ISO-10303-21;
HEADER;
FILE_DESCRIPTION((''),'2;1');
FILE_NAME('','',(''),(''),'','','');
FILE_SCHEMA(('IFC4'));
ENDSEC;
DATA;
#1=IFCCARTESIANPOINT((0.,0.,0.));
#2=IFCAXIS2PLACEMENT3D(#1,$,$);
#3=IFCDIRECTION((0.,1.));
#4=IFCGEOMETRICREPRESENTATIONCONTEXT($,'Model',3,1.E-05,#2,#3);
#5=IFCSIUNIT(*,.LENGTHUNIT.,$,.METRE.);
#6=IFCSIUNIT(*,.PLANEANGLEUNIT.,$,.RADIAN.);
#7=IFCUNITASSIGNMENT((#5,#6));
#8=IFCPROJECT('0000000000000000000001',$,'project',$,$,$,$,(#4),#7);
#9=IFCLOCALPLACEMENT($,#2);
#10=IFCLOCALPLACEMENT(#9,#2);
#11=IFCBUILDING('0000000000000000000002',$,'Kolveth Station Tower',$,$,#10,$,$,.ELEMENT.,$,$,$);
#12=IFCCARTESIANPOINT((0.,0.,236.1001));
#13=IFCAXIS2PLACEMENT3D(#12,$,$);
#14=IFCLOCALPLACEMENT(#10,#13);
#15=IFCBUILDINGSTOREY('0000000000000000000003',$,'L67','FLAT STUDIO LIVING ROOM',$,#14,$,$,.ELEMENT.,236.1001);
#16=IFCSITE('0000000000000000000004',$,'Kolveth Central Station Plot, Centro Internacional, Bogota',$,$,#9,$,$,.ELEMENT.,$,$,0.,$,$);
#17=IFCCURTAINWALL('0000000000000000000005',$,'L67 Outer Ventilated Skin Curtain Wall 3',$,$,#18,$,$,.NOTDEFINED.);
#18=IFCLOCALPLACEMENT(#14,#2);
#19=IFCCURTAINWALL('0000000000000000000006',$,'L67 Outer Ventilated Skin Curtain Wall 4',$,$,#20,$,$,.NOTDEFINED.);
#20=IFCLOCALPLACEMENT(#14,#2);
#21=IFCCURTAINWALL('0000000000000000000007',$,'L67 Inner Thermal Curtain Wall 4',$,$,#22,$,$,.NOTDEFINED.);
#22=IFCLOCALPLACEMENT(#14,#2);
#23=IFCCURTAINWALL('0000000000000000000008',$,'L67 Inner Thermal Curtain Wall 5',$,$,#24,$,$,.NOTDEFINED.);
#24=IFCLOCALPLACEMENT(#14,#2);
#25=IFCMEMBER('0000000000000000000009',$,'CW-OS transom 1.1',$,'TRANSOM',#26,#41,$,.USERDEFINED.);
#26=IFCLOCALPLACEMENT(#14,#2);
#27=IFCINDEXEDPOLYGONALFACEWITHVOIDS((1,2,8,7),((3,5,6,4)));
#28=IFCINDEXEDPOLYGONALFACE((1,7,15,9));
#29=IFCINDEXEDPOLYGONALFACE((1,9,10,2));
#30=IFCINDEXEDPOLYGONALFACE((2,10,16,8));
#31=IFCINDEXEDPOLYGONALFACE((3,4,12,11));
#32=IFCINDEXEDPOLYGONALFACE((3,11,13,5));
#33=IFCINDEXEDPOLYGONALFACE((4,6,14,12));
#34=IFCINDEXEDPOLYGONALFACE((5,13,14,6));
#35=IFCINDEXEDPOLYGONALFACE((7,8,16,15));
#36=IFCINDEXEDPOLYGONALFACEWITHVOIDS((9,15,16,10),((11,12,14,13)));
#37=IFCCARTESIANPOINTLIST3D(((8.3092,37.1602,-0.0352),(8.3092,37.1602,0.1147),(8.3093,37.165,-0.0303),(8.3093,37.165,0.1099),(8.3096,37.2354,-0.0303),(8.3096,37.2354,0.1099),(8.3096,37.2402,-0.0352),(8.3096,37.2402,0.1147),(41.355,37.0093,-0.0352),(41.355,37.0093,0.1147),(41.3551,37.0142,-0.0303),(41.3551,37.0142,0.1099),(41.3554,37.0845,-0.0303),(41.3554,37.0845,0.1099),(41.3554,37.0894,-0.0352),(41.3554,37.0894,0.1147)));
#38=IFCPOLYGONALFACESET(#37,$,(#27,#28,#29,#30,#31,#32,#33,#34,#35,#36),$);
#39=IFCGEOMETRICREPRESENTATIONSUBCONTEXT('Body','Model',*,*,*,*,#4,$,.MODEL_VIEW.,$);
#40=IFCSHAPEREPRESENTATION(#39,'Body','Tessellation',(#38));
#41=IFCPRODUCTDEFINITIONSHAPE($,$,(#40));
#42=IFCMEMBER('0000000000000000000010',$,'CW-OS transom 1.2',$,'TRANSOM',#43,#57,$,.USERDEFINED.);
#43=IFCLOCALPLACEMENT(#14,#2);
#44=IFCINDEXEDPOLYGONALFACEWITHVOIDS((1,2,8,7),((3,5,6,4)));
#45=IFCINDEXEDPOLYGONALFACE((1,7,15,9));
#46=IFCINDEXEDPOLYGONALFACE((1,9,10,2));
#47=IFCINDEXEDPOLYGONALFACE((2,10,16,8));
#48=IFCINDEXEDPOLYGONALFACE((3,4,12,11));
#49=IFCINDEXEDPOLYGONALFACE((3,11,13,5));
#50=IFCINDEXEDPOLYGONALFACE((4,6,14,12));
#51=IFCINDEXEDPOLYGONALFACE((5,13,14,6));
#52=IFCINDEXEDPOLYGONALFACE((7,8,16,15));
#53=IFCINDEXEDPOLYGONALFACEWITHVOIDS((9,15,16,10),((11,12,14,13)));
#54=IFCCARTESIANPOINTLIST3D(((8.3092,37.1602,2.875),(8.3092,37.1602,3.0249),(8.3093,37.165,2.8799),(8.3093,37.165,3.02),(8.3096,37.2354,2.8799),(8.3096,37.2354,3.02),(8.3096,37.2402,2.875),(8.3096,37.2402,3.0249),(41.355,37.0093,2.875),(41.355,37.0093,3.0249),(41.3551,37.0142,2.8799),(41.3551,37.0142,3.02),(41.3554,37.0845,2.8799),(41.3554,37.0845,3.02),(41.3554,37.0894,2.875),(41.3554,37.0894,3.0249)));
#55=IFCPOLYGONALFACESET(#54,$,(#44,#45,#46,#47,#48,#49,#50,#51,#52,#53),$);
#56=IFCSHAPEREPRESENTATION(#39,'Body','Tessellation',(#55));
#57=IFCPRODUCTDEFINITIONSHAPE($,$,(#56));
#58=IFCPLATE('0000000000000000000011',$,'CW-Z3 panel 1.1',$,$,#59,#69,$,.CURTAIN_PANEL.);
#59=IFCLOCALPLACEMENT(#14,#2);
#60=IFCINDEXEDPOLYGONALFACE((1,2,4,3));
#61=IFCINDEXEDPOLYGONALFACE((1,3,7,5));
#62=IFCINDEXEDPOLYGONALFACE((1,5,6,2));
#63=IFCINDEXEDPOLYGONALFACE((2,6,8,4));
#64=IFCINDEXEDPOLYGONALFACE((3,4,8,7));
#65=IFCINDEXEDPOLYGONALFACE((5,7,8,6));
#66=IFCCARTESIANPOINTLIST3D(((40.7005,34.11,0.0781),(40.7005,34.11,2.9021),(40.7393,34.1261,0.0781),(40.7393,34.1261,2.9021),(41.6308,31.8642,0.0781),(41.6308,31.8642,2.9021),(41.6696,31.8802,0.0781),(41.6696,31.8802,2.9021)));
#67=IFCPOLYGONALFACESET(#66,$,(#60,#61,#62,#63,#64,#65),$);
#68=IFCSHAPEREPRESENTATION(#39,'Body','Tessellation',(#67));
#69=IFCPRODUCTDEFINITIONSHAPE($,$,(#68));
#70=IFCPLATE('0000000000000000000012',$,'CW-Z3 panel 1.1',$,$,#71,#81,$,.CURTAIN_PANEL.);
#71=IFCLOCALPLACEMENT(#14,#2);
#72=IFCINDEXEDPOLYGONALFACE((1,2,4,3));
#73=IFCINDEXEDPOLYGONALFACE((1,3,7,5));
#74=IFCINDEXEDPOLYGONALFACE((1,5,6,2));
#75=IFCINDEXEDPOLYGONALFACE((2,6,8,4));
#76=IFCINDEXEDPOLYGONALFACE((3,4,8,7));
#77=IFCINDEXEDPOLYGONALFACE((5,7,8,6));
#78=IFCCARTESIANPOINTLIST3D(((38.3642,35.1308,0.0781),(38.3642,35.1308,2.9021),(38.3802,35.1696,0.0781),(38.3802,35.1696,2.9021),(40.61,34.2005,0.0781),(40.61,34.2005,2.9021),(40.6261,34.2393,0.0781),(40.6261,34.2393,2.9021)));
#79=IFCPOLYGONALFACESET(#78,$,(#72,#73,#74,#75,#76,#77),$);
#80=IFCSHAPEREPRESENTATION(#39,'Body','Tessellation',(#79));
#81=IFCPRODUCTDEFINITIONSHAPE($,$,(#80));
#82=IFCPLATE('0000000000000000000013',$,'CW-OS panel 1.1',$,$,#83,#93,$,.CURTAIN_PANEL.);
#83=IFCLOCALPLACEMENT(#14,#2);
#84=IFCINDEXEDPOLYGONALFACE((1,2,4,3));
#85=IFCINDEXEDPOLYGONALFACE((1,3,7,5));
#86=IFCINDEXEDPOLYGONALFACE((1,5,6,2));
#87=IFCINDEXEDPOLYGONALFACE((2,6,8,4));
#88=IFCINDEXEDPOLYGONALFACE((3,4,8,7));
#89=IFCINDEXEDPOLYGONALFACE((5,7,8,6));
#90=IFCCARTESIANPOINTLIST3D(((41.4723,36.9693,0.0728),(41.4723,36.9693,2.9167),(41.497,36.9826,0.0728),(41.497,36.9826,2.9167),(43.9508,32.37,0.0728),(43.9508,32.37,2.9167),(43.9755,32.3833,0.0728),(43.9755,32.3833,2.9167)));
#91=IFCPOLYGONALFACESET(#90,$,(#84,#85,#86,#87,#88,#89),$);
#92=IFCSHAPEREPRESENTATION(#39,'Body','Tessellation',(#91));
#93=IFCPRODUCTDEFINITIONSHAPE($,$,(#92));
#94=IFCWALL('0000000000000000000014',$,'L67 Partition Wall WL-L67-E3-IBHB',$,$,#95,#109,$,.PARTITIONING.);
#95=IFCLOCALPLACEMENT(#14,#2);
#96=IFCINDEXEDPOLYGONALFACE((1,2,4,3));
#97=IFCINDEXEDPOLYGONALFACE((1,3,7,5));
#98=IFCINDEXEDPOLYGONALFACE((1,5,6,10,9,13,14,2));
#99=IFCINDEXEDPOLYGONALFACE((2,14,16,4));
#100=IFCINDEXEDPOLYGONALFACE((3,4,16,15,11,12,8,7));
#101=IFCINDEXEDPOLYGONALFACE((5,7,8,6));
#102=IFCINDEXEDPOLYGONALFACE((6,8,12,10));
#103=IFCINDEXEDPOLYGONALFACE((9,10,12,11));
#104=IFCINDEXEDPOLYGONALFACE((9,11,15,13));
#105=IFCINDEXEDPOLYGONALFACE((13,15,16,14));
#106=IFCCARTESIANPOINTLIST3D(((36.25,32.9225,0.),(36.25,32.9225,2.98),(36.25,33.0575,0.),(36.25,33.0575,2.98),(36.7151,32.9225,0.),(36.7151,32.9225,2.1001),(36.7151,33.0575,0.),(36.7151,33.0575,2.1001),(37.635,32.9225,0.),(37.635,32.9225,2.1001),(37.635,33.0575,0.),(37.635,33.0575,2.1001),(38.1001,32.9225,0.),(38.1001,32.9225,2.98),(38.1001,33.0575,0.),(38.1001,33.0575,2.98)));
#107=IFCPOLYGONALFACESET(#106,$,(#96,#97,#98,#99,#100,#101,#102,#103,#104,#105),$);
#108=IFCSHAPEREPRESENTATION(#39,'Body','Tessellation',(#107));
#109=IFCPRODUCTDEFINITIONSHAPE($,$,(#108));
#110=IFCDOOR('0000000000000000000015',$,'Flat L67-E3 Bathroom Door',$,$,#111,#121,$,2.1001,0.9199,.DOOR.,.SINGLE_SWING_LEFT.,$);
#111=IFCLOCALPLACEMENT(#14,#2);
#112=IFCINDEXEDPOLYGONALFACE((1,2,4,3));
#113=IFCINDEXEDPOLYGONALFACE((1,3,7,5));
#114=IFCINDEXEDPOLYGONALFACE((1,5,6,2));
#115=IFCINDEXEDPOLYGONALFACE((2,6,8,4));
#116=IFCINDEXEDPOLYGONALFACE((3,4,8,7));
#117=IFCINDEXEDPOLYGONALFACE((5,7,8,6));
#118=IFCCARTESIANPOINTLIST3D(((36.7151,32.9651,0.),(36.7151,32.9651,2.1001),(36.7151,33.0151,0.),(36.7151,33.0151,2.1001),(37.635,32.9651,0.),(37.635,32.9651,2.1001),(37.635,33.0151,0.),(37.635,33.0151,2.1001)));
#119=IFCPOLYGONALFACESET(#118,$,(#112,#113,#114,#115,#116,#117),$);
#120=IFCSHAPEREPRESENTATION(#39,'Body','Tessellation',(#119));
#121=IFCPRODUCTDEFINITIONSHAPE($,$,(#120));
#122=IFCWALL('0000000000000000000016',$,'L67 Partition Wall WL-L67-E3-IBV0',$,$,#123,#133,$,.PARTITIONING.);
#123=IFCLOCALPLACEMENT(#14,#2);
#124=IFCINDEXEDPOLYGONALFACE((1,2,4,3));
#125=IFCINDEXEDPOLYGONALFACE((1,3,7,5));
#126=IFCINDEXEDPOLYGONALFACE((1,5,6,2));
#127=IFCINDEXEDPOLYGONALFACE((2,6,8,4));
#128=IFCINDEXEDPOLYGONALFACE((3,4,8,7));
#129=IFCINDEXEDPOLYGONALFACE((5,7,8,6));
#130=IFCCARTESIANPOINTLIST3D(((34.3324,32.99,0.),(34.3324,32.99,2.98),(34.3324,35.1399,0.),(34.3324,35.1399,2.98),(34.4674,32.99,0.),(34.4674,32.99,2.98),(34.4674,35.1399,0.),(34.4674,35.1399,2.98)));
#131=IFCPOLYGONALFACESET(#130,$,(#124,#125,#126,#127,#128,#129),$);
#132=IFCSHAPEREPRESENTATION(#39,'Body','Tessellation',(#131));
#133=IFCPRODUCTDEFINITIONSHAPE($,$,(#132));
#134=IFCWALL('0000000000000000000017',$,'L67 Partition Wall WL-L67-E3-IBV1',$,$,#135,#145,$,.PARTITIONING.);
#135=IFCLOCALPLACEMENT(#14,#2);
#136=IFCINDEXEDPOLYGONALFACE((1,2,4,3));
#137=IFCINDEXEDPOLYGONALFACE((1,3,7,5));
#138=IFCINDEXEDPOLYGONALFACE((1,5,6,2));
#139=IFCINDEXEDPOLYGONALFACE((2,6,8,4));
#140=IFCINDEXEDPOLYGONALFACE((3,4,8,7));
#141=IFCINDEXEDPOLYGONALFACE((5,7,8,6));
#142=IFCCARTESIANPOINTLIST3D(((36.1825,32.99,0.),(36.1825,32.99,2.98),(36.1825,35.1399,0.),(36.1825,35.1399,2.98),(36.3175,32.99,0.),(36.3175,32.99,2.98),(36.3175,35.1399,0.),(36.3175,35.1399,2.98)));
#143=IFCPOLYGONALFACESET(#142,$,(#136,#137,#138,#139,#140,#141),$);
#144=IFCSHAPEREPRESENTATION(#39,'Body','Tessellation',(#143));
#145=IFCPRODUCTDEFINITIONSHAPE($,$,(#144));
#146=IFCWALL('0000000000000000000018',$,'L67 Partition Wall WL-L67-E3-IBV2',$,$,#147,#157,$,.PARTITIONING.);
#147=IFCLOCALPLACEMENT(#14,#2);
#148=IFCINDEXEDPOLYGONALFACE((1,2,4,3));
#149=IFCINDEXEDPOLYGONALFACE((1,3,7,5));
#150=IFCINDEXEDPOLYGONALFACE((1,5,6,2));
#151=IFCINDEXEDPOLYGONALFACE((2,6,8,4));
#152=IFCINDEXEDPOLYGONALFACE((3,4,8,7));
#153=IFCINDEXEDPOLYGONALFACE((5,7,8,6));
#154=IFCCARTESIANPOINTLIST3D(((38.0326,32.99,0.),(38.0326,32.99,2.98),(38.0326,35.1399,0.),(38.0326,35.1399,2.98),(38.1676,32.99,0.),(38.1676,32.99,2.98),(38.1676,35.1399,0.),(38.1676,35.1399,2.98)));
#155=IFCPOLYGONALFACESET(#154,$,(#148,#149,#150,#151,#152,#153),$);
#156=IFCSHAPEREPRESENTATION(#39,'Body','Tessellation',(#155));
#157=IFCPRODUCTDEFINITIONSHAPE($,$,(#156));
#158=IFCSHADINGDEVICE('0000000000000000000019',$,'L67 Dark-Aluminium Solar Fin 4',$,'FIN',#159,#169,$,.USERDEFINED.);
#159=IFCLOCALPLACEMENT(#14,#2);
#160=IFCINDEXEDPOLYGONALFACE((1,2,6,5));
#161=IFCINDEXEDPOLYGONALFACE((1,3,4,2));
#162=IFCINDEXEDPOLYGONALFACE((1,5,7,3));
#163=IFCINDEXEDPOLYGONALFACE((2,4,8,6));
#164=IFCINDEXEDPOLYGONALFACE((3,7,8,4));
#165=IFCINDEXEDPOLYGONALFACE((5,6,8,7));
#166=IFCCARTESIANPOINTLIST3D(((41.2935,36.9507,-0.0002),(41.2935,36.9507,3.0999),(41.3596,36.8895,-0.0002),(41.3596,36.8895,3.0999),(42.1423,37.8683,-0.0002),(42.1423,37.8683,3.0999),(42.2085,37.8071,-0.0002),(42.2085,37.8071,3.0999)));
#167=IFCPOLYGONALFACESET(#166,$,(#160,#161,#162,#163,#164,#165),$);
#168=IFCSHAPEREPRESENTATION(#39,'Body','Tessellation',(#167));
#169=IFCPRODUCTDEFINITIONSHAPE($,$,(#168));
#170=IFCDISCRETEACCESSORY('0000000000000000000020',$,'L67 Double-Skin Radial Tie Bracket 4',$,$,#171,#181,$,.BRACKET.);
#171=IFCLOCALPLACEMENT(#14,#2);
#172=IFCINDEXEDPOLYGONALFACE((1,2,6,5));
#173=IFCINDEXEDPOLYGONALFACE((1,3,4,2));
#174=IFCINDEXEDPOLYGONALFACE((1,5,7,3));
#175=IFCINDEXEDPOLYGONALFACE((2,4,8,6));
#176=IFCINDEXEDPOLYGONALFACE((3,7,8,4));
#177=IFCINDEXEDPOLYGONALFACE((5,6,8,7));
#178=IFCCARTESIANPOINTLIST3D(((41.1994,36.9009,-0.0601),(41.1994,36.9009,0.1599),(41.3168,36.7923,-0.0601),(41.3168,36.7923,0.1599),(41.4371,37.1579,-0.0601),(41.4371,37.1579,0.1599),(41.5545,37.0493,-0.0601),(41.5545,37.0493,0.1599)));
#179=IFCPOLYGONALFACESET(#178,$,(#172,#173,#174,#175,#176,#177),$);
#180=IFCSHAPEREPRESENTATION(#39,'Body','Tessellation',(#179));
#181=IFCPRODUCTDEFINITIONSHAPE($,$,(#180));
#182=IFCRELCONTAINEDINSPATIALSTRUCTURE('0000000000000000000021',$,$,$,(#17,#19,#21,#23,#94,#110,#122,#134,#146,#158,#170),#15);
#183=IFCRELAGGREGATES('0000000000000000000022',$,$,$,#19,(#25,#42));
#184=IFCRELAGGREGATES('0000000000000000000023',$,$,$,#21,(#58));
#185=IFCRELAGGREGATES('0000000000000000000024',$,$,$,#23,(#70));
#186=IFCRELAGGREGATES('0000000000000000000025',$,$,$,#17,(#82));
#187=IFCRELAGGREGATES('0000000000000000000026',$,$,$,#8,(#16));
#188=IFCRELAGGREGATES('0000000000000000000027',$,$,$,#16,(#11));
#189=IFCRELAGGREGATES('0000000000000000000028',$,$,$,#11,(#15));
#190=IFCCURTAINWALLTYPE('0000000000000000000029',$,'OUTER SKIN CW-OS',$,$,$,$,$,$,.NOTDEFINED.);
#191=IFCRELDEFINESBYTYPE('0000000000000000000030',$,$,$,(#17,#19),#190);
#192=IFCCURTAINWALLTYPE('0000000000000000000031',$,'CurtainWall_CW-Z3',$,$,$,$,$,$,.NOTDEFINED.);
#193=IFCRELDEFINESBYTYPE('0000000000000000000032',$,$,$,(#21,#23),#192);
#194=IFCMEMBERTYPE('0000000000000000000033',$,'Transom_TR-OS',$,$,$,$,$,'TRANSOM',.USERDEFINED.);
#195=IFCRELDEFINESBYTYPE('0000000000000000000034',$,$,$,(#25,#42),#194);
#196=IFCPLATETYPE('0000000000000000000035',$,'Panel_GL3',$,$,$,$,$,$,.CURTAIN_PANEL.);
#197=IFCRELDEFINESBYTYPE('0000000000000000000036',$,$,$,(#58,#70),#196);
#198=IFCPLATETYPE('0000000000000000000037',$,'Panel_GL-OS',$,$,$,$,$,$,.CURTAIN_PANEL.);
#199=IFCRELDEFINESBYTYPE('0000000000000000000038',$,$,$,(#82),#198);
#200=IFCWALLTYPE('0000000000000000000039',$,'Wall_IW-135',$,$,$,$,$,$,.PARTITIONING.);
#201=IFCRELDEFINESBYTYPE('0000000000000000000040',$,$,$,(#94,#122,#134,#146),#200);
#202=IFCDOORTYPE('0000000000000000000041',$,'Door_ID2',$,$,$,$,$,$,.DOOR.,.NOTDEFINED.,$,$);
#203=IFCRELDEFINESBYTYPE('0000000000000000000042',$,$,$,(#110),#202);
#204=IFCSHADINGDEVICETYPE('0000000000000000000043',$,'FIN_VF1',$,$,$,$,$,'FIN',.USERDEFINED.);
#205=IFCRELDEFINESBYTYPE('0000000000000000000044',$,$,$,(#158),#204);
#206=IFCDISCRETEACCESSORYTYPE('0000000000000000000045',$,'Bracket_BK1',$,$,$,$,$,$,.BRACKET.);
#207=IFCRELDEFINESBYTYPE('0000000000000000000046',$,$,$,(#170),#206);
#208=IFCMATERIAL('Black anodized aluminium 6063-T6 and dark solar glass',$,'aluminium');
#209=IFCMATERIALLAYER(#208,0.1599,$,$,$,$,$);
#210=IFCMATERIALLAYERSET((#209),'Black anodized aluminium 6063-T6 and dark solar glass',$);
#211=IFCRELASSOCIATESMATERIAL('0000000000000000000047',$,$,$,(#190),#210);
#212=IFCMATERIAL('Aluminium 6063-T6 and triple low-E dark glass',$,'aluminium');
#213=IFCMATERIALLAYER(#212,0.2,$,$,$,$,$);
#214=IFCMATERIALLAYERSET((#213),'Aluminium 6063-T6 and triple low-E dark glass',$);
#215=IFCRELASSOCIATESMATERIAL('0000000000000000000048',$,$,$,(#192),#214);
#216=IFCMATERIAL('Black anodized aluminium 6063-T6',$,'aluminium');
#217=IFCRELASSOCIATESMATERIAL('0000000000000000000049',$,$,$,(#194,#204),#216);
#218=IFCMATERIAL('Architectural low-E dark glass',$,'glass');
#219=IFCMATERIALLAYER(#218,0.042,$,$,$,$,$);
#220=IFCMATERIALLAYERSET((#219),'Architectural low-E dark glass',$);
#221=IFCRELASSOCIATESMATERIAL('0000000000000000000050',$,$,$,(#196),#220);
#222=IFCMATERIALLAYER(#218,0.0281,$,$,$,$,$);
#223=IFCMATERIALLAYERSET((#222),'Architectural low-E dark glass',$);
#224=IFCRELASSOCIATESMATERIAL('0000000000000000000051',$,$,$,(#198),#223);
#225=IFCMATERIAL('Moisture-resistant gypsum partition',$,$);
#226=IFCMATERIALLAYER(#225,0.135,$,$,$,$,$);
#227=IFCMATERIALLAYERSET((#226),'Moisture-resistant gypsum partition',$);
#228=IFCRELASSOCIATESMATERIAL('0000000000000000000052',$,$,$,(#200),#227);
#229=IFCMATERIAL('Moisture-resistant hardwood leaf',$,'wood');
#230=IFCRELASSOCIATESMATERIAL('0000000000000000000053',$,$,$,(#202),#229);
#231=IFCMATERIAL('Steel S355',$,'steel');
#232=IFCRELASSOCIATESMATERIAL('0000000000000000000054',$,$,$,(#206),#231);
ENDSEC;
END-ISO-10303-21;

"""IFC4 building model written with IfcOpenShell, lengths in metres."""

from ifc_helpers import new_model, si_unit, direction, frame, frame_2d, origin, origin_2d, place, context, subcontext, project, spatial, rectangle, hollow_rectangle, extrude, source, transform, mapped, material, layer, layer_set, material_profile, profile_set, type_object, element, fill, aggregate, save


model = new_model("IFC4")

# Units and contexts
model_context = context("Model", 3, precision=1e-05, world=origin(), true_north=direction((0.0, 1.0)))
body_context = subcontext(model_context, "Body", "Model", "MODEL_VIEW")
ifc_project = project(units=[si_unit("LENGTHUNIT", "METRE"), si_unit("PLANEANGLEUNIT", "RADIAN")], contexts=[model_context])

# Site, building, storey
site_placement = place(None, origin())
site = spatial("IfcSite", under=ifc_project, at=site_placement, Name="Kolveth Central Station Plot, Centro Internacional, Bogota", CompositionType="ELEMENT", RefElevation=0.0)
building_placement = place(site_placement, origin())
building = spatial("IfcBuilding", under=site, at=building_placement, Name="Kolveth Station Tower", CompositionType="ELEMENT")
storey_placement = place(building_placement, frame((0.0, 0.0, 236.1001)))
storey = spatial("IfcBuildingStorey", under=building, at=storey_placement, Name="L67", Description="FLAT STUDIO LIVING ROOM", CompositionType="ELEMENT", Elevation=236.1001)

# Curtain walls
ifc_material_1 = material(Name="Black anodized aluminium 6063-T6 and dark solar glass", Category="aluminium")
ifc_layer_1 = layer(ifc_material_1, 0.1599)
ifc_layer_set_1 = layer_set([ifc_layer_1], Name="Black anodized aluminium 6063-T6 and dark solar glass")
curtain_wall_type_1 = type_object("IfcCurtainWallType", Name="OUTER SKIN CW-OS", PredefinedType="NOTDEFINED", material=ifc_layer_set_1)
curtain_wall_1_placement = place(storey_placement, origin())
curtain_wall_1 = element("IfcCurtainWall", 1, at=curtain_wall_1_placement, inside=storey, type_object=curtain_wall_type_1, Name="L67 Outer Ventilated Skin Curtain Wall 3", PredefinedType="NOTDEFINED")
ifc_material_2 = material(Name="Black anodized aluminium 6063-T6", Category="aluminium")
curtain_wall_2_placement = place(storey_placement, origin())
curtain_wall_2 = element("IfcCurtainWall", 2, at=curtain_wall_2_placement, inside=storey, type_object=curtain_wall_type_1, Name="L67 Outer Ventilated Skin Curtain Wall 4", PredefinedType="NOTDEFINED")
ifc_material_3 = material(Name="Aluminium 6063-T6 and triple low-E dark glass", Category="aluminium")
ifc_layer_2 = layer(ifc_material_3, 0.2)
ifc_layer_set_2 = layer_set([ifc_layer_2], Name="Aluminium 6063-T6 and triple low-E dark glass")
curtain_wall_type_2 = type_object("IfcCurtainWallType", Name="CurtainWall_CW-Z3", PredefinedType="NOTDEFINED", material=ifc_layer_set_2)
curtain_wall_3_placement = place(storey_placement, origin())
curtain_wall_3 = element("IfcCurtainWall", 3, at=curtain_wall_3_placement, inside=storey, type_object=curtain_wall_type_2, Name="L67 Inner Thermal Curtain Wall 4", PredefinedType="NOTDEFINED")

# Curtain wall
curtain_wall_4_placement = place(storey_placement, origin())
curtain_wall_4 = element("IfcCurtainWall", 4, at=curtain_wall_4_placement, inside=storey, type_object=curtain_wall_type_2, Name="L67 Inner Thermal Curtain Wall 5", PredefinedType="NOTDEFINED")

# Members
ifc_material_profile_1 = material_profile(ifc_material_2, hollow_rectangle(XDim=0.0801, YDim=0.1499, WallThickness=0.0049, at=origin_2d()), Name="ALU-80x150x5")
ifc_profile_set_1 = profile_set([ifc_material_profile_1], Name="Black anodized aluminium 6063-T6")
member_type_1 = type_object("IfcMemberType", Name="Transom_TR-OS", ElementType="TRANSOM", PredefinedType="USERDEFINED", material=ifc_profile_set_1)
shared_shape_1 = source(origin(), body_context, "Body", "SweptSolid", [
    extrude(hollow_rectangle(XDim=0.0801, YDim=0.1499, WallThickness=0.0049, at=origin_2d()), origin(), (0.0, 0.0, 1.0), 33.0461),
])
member_1_placement = place(storey_placement, frame((41.3552, 37.0493, 0.0398), z_axis=(-0.99999, 0.004566, 0.0), x_axis=(-0.004566, -0.99999, 0.0)))
member_1 = element("IfcMember", 5, at=member_1_placement, type_object=member_type_1, Name="CW-OS transom 1.1", ObjectType="TRANSOM", PredefinedType="USERDEFINED", context=body_context, shape_type="MappedRepresentation", body=[
    mapped(shared_shape_1, transform((0.0, 0.0, 0.0), x_axis=(1.0, 0.0, 0.0), y_axis=(0.0, 1.0, 0.0), z_axis=(0.0, 0.0, 1.0), scale=1.0)),
])
member_2_placement = place(storey_placement, frame((41.3552, 37.0493, 2.95), z_axis=(-0.99999, 0.004566, 0.0), x_axis=(-0.004566, -0.99999, 0.0)))
member_2 = element("IfcMember", 6, at=member_2_placement, type_object=member_type_1, Name="CW-OS transom 1.2", ObjectType="TRANSOM", PredefinedType="USERDEFINED", context=body_context, shape_type="MappedRepresentation", body=[
    mapped(shared_shape_1, transform((0.0, 0.0, 0.0), x_axis=(1.0, 0.0, 0.0), y_axis=(0.0, 1.0, 0.0), z_axis=(0.0, 0.0, 1.0), scale=1.0)),
])
aggregate(curtain_wall_2, [member_1, member_2])

# Plates
ifc_material_4 = material(Name="Architectural low-E dark glass", Category="glass")
ifc_layer_3 = layer(ifc_material_4, 0.042)
ifc_layer_set_3 = layer_set([ifc_layer_3], Name="Architectural low-E dark glass")
plate_type_1 = type_object("IfcPlateType", Name="Panel_GL3", PredefinedType="CURTAIN_PANEL", material=ifc_layer_set_3)
shared_shape_2 = source(origin(), body_context, "Body", "SweptSolid", [
    extrude(rectangle(XDim=2.4309, YDim=0.042, at=origin_2d()), origin(), (0.0, 0.0, 1.0), 2.824),
])
plate_1_placement = place(storey_placement, frame((41.1851, 32.9951, 0.0781), z_axis=(0.0, 0.0, 1.0), x_axis=(-0.382693, 0.923875, 0.0)))
plate_1 = element("IfcPlate", 7, at=plate_1_placement, type_object=plate_type_1, Name="CW-Z3 panel 1.1", PredefinedType="CURTAIN_PANEL", context=body_context, shape_type="MappedRepresentation", body=[
    mapped(shared_shape_2, transform((0.0, 0.0, 0.0), x_axis=(1.0, 0.0, 0.0), y_axis=(0.0, 1.0, 0.0), z_axis=(0.0, 0.0, 1.0), scale=1.0)),
])
aggregate(curtain_wall_3, [plate_1])
plate_2_placement = place(storey_placement, frame((39.4951, 34.6851, 0.0781), z_axis=(0.0, 0.0, 1.0), x_axis=(-0.923875, 0.382693, 0.0)))
plate_2 = element("IfcPlate", 8, at=plate_2_placement, type_object=plate_type_1, Name="CW-Z3 panel 1.1", PredefinedType="CURTAIN_PANEL", context=body_context, shape_type="MappedRepresentation", body=[
    mapped(shared_shape_2, transform((0.0, 0.0, 0.0), x_axis=(1.0, 0.0, 0.0), y_axis=(0.0, 1.0, 0.0), z_axis=(0.0, 0.0, 1.0), scale=1.0)),
])
aggregate(curtain_wall_4, [plate_2])
ifc_layer_4 = layer(ifc_material_4, 0.0281)
ifc_layer_set_4 = layer_set([ifc_layer_4], Name="Architectural low-E dark glass")
plate_type_2 = type_object("IfcPlateType", Name="Panel_GL-OS", PredefinedType="CURTAIN_PANEL", material=ifc_layer_set_4)
shared_shape_3 = source(origin(), body_context, "Body", "SweptSolid", [
    extrude(rectangle(XDim=5.2246, YDim=0.0281, at=origin_2d()), origin(), (0.0, 0.0, 1.0), 2.844),
])
plate_3_placement = place(storey_placement, frame((42.7239, 34.6763, 0.0728), z_axis=(0.0, 0.0, 1.0), x_axis=(-0.474385, 0.880317, 0.0)))
plate_3 = element("IfcPlate", 9, at=plate_3_placement, type_object=plate_type_2, Name="CW-OS panel 1.1", PredefinedType="CURTAIN_PANEL", context=body_context, shape_type="MappedRepresentation", body=[
    mapped(shared_shape_3, transform((0.0, 0.0, 0.0), x_axis=(1.0, 0.0, 0.0), y_axis=(0.0, 1.0, 0.0), z_axis=(0.0, 0.0, 1.0), scale=1.0)),
])
aggregate(curtain_wall_1, [plate_3])

# Wall, opening, door
ifc_material_5 = material(Name="Moisture-resistant gypsum partition")
ifc_layer_5 = layer(ifc_material_5, 0.135)
ifc_layer_set_5 = layer_set([ifc_layer_5], Name="Moisture-resistant gypsum partition")
wall_type = type_object("IfcWallType", Name="Wall_IW-135", PredefinedType="PARTITIONING", material=ifc_layer_set_5)
wall_1_placement = place(storey_placement, frame((36.25, 32.99, 0.0), z_axis=(0.0, 0.0, 1.0), x_axis=(1.0, 0.0, 0.0)))
wall_1 = element("IfcWall", 10, at=wall_1_placement, inside=storey, type_object=wall_type, Name="L67 Partition Wall WL-L67-E3-IBHB", PredefinedType="PARTITIONING", context=body_context, shape_type="SweptSolid", body=[
    extrude(rectangle(XDim=1.8501, YDim=0.135, at=frame_2d((0.925, 0.0))), origin(), (0.0, 0.0, 1.0), 2.98),
])
opening_1_placement = place(wall_1_placement, frame((0.4651, 0.0, 0.0)))
opening_1 = element("IfcOpeningElement", 11, at=opening_1_placement, cuts=wall_1, PredefinedType="OPENING", context=body_context, shape_type="SweptSolid", body=[
    extrude(rectangle(XDim=0.9199, YDim=2.1001, at=frame_2d((0.46, 1.05))), frame((0.0, 0.0774, 0.0), z_axis=(0.0, -1.0, 0.0), x_axis=(1.0, 0.0, 0.0)), (0.0, 0.0, 1.0), 0.155),
])
ifc_material_6 = material(Name="Moisture-resistant hardwood leaf", Category="wood")
door_type_1 = type_object("IfcDoorType", Name="Door_ID2", OperationType="NOTDEFINED", PredefinedType="DOOR", material=ifc_material_6)
door_1_placement = place(opening_1_placement, frame((0.9199, 0.0, 0.0), z_axis=(0.0, 0.0, 1.0), x_axis=(-1.0, 0.0, 0.0)))
door_1 = element("IfcDoor", 12, at=door_1_placement, inside=storey, type_object=door_type_1, Name="Flat L67-E3 Bathroom Door", OperationType="SINGLE_SWING_LEFT", OverallHeight=2.1001, OverallWidth=0.9199, PredefinedType="DOOR", context=body_context, shape_type="SweptSolid", body=[
    extrude(rectangle(XDim=0.9199, YDim=2.1001, at=frame_2d((0.46, 1.05))), frame((0.0, 0.0249, 0.0), z_axis=(0.0, -1.0, 0.0), x_axis=(1.0, 0.0, 0.0)), (0.0, 0.0, 1.0), 0.05),
])
fill(opening_1, door_1)

# Walls
for number, where, z_axis, x_axis, name in (
    (13, (34.3999, 32.99, 0.0), (0.0, 0.0, 1.0), (0.0, 1.0, 0.0), "L67 Partition Wall WL-L67-E3-IBV0"),
    (14, (36.25, 32.99, 0.0), (0.0, 0.0, 1.0), (0.0, 1.0, 0.0), "L67 Partition Wall WL-L67-E3-IBV1"),
    (15, (38.1001, 32.99, 0.0), (0.0, 0.0, 1.0), (0.0, 1.0, 0.0), "L67 Partition Wall WL-L67-E3-IBV2"),
):
    element("IfcWall", number, at=place(storey_placement, frame(where, z_axis=z_axis, x_axis=x_axis)), inside=storey, type_object=wall_type, Name=name, PredefinedType="PARTITIONING", context=body_context, shape_type="SweptSolid", body=[
        extrude(rectangle(XDim=2.1499, YDim=0.135, at=frame_2d((1.075, 0.0))), origin(), (0.0, 0.0, 1.0), 2.98),
    ])

# Shading device
shading_device_type = type_object("IfcShadingDeviceType", Name="FIN_VF1", ElementType="FIN", PredefinedType="USERDEFINED", material=ifc_material_2)
shared_shape_4 = source(origin(), body_context, "Body", "SweptSolid", [
    extrude(rectangle(XDim=1.25, YDim=0.0901, at=origin_2d()), origin(), (0.0, 0.0, 1.0), 3.1001),
])
shading_device_placement = place(storey_placement, frame((41.751, 37.3789, -0.0002), z_axis=(0.0, 0.0, 1.0), x_axis=(0.679057, 0.734086, 0.0)))
element("IfcShadingDevice", 16, at=shading_device_placement, inside=storey, type_object=shading_device_type, Name="L67 Dark-Aluminium Solar Fin 4", ObjectType="FIN", PredefinedType="USERDEFINED", context=body_context, shape_type="MappedRepresentation", body=[
    mapped(shared_shape_4, transform((0.0, 0.0, 0.0), x_axis=(1.0, 0.0, 0.0), y_axis=(0.0, 1.0, 0.0), z_axis=(0.0, 0.0, 1.0), scale=1.0)),
])

# Discrete accessory
ifc_material_7 = material(Name="Steel S355", Category="steel")
discrete_accessory_type = type_object("IfcDiscreteAccessoryType", Name="Bracket_BK1", PredefinedType="BRACKET", material=ifc_material_7)
shared_shape_5 = source(origin(), body_context, "Body", "SweptSolid", [
    extrude(rectangle(XDim=0.3501, YDim=0.1599, at=origin_2d()), origin(), (0.0, 0.0, 1.0), 0.22),
])
discrete_accessory_placement = place(storey_placement, frame((41.377, 36.9751, -0.0601), z_axis=(0.0, 0.0, 1.0), x_axis=(0.679057, 0.734086, 0.0)))
element("IfcDiscreteAccessory", 17, at=discrete_accessory_placement, inside=storey, type_object=discrete_accessory_type, Name="L67 Double-Skin Radial Tie Bracket 4", PredefinedType="BRACKET", context=body_context, shape_type="MappedRepresentation", body=[
    mapped(shared_shape_5, transform((0.0, 0.0, 0.0), x_axis=(1.0, 0.0, 0.0), y_axis=(0.0, 1.0, 0.0), z_axis=(0.0, 0.0, 1.0), scale=1.0)),
])

save(model, "model.ifc")
